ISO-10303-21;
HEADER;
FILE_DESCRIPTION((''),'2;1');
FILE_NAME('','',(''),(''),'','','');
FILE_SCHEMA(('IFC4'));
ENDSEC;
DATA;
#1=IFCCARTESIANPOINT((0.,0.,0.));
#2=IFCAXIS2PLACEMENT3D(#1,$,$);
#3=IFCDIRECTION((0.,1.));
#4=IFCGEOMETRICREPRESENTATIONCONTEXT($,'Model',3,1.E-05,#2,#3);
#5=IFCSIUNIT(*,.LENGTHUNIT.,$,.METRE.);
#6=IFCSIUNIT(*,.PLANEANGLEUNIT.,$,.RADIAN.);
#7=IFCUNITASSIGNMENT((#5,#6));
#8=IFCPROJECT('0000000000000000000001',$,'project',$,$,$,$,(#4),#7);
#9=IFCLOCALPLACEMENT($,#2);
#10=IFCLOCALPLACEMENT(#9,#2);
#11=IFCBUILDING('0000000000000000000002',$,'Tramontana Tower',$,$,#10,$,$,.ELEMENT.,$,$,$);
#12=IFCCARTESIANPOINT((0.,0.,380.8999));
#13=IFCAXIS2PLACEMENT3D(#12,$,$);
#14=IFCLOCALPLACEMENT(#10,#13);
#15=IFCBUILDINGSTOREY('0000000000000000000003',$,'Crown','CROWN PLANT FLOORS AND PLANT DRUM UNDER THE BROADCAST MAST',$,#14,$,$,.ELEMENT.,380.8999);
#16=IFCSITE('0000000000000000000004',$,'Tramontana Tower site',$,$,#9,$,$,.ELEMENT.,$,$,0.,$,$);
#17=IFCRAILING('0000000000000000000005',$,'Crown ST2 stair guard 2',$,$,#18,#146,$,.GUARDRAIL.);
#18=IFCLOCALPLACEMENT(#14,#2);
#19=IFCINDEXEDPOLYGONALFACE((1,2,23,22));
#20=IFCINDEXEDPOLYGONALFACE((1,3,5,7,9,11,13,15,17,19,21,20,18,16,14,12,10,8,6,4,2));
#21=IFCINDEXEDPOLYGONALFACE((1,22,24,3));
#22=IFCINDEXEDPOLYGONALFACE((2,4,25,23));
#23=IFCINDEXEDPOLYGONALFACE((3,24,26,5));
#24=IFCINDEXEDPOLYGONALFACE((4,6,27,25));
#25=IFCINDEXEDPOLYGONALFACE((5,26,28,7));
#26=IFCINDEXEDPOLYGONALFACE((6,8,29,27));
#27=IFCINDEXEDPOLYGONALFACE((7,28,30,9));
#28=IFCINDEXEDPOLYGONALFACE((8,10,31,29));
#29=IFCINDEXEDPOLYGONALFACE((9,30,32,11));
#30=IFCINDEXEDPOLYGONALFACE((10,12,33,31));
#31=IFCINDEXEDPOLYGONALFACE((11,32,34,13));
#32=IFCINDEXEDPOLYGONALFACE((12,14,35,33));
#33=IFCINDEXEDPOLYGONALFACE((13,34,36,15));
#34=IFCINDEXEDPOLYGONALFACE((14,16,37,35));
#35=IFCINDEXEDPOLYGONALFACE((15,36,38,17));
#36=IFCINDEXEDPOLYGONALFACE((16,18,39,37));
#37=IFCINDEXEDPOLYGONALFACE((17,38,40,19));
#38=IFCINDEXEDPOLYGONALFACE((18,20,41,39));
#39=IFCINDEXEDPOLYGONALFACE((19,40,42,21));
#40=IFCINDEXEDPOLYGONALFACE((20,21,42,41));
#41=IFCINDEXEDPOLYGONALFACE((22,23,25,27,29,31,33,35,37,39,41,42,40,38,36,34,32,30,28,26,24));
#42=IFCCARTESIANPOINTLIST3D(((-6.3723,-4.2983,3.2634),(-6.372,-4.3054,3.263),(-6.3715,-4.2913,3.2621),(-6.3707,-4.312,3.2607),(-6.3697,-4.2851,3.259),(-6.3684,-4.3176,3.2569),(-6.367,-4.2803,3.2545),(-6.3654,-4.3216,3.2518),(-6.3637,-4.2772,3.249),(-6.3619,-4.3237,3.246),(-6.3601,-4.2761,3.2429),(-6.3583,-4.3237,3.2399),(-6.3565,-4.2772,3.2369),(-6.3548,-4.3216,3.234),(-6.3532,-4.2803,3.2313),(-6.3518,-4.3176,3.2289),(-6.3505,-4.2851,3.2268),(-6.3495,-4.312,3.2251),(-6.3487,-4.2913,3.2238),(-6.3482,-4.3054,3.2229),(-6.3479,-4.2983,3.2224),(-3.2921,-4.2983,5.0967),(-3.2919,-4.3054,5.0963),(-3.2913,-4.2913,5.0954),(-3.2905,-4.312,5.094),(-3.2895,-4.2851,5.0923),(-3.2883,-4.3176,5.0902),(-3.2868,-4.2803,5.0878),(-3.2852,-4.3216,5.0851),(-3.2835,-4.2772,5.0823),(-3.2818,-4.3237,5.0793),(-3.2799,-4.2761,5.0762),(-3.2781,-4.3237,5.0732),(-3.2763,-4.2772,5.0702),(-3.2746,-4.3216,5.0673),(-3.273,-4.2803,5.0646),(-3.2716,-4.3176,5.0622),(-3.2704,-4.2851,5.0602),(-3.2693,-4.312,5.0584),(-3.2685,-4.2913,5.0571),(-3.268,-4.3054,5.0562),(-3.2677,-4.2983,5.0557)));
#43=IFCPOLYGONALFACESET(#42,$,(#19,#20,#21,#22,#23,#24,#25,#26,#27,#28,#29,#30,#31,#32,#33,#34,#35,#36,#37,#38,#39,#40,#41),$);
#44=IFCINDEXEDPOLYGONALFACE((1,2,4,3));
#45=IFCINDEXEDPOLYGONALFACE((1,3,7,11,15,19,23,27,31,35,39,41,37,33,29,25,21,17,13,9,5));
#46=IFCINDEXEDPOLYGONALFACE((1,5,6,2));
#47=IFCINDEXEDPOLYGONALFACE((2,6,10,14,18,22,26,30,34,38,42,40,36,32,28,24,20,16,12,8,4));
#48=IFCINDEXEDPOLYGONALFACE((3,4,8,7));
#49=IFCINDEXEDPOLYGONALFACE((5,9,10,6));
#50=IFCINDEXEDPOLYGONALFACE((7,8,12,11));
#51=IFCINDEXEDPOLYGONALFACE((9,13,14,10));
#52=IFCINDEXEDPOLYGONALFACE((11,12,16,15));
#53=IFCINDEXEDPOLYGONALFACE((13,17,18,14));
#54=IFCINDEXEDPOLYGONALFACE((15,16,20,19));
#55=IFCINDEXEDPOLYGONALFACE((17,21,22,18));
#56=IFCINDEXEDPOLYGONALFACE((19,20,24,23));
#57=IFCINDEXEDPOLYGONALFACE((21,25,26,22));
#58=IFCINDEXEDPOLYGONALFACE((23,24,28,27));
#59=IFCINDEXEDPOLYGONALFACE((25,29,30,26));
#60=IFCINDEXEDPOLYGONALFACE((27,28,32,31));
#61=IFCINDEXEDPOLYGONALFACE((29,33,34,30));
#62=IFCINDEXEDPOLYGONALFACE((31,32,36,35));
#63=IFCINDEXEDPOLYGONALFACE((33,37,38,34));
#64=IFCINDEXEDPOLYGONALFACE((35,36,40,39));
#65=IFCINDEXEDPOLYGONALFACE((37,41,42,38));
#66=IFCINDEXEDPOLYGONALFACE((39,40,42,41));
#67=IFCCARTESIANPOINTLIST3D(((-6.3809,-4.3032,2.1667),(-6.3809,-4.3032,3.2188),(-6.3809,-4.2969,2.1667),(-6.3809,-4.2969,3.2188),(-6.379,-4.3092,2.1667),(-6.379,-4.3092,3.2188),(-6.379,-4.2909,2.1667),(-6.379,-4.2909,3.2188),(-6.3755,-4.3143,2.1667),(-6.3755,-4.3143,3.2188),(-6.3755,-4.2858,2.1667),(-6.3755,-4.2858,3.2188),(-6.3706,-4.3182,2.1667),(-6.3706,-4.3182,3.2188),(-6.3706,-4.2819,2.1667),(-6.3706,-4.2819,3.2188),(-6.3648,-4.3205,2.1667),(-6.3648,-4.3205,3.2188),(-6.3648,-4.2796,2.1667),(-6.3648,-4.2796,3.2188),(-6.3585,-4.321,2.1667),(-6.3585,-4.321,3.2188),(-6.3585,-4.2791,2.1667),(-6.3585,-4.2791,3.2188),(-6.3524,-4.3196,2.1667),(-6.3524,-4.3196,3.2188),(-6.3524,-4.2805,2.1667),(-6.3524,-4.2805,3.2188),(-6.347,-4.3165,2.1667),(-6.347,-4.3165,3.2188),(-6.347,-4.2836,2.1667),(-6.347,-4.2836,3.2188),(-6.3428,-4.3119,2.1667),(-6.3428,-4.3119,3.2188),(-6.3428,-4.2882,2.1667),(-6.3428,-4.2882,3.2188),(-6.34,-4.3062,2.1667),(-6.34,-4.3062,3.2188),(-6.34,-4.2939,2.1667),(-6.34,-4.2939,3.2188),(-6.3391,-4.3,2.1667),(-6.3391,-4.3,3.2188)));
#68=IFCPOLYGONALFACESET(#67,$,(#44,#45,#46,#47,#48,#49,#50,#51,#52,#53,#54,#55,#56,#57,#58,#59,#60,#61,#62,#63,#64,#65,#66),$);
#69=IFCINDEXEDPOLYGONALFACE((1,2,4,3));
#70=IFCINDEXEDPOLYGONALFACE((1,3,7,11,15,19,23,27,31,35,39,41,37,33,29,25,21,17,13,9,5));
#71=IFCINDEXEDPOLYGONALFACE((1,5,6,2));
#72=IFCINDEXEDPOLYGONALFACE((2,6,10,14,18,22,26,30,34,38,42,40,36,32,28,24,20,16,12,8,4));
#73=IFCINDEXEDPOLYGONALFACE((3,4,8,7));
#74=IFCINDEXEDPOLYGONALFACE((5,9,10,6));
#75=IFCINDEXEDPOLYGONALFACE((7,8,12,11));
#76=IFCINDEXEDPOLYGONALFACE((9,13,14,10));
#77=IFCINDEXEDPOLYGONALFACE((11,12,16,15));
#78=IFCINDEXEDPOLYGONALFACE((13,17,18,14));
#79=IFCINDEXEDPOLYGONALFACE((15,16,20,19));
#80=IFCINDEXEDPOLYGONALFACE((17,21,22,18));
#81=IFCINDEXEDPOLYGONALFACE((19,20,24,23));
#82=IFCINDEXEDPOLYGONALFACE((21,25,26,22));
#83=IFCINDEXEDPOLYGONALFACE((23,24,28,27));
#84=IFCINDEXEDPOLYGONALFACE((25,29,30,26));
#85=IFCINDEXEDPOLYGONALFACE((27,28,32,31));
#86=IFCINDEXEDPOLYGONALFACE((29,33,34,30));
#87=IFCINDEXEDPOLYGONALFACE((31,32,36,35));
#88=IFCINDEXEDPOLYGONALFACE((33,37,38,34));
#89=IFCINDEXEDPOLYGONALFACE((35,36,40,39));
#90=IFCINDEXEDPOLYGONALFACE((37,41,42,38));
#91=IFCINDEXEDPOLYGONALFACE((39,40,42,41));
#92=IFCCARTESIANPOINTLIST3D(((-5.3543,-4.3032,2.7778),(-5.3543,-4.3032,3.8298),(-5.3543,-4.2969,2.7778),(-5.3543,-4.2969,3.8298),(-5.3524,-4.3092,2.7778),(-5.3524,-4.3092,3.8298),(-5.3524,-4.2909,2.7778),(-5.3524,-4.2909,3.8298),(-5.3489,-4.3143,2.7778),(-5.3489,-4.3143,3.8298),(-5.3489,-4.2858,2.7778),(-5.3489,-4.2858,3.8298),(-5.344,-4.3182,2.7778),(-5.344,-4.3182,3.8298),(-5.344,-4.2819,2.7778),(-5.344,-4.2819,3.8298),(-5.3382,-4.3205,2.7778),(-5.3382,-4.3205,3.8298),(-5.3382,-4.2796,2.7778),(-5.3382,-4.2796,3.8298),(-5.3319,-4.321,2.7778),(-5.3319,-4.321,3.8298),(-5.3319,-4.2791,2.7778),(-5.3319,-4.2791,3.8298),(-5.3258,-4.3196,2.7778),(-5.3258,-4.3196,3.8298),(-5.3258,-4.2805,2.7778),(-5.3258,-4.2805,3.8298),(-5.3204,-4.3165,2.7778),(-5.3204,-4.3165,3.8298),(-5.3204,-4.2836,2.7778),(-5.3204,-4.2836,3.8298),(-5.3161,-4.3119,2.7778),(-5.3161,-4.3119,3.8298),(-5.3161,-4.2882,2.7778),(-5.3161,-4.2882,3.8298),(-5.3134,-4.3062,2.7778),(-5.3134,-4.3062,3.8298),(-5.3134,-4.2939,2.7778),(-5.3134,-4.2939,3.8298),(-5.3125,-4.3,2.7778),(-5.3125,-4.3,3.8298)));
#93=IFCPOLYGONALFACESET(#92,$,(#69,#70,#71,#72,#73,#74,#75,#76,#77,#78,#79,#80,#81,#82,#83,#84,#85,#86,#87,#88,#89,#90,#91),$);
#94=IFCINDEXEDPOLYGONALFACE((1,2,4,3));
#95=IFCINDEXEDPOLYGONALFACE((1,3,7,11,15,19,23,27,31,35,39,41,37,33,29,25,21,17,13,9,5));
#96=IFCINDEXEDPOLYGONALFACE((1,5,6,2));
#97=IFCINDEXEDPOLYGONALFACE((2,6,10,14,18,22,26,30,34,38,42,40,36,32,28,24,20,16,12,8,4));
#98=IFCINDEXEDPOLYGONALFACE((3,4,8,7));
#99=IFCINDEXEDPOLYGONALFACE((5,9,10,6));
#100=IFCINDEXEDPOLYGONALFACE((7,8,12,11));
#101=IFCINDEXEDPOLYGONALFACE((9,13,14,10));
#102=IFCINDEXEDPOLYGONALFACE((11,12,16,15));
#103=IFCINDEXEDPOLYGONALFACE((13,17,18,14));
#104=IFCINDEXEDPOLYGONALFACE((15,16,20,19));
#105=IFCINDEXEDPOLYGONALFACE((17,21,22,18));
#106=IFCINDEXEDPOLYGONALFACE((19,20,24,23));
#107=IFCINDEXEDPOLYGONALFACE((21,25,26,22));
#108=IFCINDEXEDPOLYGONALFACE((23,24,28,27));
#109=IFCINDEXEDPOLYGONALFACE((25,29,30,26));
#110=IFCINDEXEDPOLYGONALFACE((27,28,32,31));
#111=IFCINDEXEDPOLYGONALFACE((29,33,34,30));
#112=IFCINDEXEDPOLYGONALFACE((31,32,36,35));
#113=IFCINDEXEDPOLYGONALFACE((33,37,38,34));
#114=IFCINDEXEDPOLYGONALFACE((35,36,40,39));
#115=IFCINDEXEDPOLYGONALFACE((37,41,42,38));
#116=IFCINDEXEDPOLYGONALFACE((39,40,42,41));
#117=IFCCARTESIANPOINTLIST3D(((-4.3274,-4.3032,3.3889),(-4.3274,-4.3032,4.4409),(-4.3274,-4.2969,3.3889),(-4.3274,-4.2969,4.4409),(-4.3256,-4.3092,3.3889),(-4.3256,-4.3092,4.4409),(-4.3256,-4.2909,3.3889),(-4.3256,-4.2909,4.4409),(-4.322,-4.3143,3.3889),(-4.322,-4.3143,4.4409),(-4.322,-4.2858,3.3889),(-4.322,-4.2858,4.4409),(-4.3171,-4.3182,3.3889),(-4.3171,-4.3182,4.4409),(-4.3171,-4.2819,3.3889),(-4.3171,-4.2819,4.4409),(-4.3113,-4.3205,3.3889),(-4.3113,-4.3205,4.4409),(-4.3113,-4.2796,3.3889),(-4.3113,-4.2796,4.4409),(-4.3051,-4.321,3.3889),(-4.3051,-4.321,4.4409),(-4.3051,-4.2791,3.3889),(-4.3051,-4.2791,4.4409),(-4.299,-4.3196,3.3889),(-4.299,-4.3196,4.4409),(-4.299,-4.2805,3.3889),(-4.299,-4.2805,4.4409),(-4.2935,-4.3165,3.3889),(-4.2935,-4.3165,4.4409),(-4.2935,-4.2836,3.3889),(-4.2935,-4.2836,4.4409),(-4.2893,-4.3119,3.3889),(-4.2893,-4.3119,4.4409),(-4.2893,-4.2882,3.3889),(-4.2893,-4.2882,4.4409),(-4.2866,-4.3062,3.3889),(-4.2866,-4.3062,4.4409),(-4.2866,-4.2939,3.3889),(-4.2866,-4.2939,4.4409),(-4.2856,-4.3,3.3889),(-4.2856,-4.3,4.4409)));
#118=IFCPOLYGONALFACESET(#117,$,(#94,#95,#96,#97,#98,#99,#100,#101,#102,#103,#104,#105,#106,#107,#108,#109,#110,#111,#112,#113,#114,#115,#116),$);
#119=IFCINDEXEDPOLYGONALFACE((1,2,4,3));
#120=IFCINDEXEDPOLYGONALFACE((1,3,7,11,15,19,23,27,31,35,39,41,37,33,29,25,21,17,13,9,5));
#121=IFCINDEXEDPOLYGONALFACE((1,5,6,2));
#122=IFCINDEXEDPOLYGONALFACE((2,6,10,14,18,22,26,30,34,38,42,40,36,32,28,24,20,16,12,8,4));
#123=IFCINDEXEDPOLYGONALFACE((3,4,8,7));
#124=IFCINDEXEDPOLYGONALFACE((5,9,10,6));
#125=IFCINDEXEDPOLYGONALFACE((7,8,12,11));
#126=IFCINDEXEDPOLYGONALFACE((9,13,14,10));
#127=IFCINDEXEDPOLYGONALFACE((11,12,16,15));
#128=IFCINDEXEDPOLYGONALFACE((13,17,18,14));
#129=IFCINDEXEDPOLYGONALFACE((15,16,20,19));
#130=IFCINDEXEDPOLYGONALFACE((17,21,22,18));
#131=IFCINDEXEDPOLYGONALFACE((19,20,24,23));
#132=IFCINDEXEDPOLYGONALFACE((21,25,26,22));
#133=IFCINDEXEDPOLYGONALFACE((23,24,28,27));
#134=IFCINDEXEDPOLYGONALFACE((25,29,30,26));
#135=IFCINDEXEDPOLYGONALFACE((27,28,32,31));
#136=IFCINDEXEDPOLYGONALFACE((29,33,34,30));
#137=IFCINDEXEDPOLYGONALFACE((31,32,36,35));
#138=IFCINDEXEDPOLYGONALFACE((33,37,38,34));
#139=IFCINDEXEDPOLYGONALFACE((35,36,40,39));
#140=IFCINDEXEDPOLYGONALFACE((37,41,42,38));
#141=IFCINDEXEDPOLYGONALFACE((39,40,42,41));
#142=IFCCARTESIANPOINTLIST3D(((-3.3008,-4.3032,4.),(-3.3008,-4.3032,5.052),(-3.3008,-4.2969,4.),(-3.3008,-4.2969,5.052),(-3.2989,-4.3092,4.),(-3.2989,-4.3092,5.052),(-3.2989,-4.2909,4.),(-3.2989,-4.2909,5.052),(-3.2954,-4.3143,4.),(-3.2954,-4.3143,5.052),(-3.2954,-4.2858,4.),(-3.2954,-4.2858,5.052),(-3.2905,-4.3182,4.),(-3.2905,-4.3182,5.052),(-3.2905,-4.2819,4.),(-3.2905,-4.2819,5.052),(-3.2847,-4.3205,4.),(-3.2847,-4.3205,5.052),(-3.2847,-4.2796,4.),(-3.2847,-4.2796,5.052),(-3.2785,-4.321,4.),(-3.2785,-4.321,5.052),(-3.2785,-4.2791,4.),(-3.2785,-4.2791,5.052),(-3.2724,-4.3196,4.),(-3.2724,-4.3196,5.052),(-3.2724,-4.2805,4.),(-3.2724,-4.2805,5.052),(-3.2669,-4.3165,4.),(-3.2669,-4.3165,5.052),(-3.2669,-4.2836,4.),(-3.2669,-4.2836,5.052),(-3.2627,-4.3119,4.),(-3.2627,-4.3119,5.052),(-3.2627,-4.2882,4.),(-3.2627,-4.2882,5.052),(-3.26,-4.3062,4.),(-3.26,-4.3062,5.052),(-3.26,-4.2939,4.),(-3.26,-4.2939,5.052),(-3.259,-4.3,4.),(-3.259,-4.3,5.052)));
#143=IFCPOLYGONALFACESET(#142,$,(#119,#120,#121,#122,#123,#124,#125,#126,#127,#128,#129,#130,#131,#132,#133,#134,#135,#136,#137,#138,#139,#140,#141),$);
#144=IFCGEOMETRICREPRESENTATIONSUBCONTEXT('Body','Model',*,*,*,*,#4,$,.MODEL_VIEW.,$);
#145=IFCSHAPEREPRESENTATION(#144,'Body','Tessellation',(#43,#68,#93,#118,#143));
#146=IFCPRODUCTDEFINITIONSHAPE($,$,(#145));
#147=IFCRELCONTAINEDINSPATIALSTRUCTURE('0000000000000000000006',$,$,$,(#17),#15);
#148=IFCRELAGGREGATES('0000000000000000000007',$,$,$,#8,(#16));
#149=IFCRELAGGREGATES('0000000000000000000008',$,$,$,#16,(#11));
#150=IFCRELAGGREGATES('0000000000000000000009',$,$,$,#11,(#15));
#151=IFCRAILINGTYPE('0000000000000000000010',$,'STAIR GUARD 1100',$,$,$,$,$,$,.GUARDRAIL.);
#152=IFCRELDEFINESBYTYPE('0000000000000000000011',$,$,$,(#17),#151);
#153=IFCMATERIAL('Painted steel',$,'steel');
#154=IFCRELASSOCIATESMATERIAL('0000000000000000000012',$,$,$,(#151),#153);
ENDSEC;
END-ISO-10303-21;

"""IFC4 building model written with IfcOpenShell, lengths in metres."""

from ifc_helpers import new_model, si_unit, direction, frame, origin, origin_2d, place, context, subcontext, project, spatial, circle, extrude, material, type_object, element, save


model = new_model("IFC4")

# Units and contexts
model_context = context("Model", 3, precision=1e-05, world=origin(), true_north=direction((0.0, 1.0)))
body_context = subcontext(model_context, "Body", "Model", "MODEL_VIEW")
ifc_project = project(units=[si_unit("LENGTHUNIT", "METRE"), si_unit("PLANEANGLEUNIT", "RADIAN")], contexts=[model_context])

# Site, building, storey
site_placement = place(None, origin())
site = spatial("IfcSite", under=ifc_project, at=site_placement, Name="Tramontana Tower site", CompositionType="ELEMENT", RefElevation=0.0)
building_placement = place(site_placement, origin())
building = spatial("IfcBuilding", under=site, at=building_placement, Name="Tramontana Tower", CompositionType="ELEMENT")
storey_placement = place(building_placement, frame((0.0, 0.0, 380.8999)))
storey = spatial("IfcBuildingStorey", under=building, at=storey_placement, Name="Crown", Description="CROWN PLANT FLOORS AND PLANT DRUM UNDER THE BROADCAST MAST", CompositionType="ELEMENT", Elevation=380.8999)

# Railing
ifc_material_1 = material(Name="Painted steel", Category="steel")
railing_type_1 = type_object("IfcRailingType", Name="STAIR GUARD 1100", PredefinedType="GUARDRAIL", material=ifc_material_1)
railing_1_placement = place(storey_placement, frame((-6.3601, -4.3, 2.1667)))
element("IfcRailing", 1, at=railing_1_placement, inside=storey, type_object=railing_type_1, Name="Crown ST2 stair guard 2", PredefinedType="GUARDRAIL", context=body_context, shape_type="SweptSolid", body=[
    extrude(circle(Radius=0.0239, at=origin_2d()), frame((0.0, 0.0, 1.0762), z_axis=(0.859309, 0.0, 0.511458), x_axis=(0.0, 1.0, 0.0)), (0.0, 0.0, 1.0), 3.5845),
    extrude(circle(Radius=0.021, at=origin_2d()), origin(), (0.0, 0.0, 1.0), 1.052),
    extrude(circle(Radius=0.021, at=origin_2d()), frame((1.0266, 0.0, 0.6111)), (0.0, 0.0, 1.0), 1.052),
    extrude(circle(Radius=0.021, at=origin_2d()), frame((2.0535, 0.0, 1.2222)), (0.0, 0.0, 1.0), 1.052),
    extrude(circle(Radius=0.021, at=origin_2d()), frame((3.0801, 0.0, 1.8333)), (0.0, 0.0, 1.0), 1.052),
])

save(model, "model.ifc")
